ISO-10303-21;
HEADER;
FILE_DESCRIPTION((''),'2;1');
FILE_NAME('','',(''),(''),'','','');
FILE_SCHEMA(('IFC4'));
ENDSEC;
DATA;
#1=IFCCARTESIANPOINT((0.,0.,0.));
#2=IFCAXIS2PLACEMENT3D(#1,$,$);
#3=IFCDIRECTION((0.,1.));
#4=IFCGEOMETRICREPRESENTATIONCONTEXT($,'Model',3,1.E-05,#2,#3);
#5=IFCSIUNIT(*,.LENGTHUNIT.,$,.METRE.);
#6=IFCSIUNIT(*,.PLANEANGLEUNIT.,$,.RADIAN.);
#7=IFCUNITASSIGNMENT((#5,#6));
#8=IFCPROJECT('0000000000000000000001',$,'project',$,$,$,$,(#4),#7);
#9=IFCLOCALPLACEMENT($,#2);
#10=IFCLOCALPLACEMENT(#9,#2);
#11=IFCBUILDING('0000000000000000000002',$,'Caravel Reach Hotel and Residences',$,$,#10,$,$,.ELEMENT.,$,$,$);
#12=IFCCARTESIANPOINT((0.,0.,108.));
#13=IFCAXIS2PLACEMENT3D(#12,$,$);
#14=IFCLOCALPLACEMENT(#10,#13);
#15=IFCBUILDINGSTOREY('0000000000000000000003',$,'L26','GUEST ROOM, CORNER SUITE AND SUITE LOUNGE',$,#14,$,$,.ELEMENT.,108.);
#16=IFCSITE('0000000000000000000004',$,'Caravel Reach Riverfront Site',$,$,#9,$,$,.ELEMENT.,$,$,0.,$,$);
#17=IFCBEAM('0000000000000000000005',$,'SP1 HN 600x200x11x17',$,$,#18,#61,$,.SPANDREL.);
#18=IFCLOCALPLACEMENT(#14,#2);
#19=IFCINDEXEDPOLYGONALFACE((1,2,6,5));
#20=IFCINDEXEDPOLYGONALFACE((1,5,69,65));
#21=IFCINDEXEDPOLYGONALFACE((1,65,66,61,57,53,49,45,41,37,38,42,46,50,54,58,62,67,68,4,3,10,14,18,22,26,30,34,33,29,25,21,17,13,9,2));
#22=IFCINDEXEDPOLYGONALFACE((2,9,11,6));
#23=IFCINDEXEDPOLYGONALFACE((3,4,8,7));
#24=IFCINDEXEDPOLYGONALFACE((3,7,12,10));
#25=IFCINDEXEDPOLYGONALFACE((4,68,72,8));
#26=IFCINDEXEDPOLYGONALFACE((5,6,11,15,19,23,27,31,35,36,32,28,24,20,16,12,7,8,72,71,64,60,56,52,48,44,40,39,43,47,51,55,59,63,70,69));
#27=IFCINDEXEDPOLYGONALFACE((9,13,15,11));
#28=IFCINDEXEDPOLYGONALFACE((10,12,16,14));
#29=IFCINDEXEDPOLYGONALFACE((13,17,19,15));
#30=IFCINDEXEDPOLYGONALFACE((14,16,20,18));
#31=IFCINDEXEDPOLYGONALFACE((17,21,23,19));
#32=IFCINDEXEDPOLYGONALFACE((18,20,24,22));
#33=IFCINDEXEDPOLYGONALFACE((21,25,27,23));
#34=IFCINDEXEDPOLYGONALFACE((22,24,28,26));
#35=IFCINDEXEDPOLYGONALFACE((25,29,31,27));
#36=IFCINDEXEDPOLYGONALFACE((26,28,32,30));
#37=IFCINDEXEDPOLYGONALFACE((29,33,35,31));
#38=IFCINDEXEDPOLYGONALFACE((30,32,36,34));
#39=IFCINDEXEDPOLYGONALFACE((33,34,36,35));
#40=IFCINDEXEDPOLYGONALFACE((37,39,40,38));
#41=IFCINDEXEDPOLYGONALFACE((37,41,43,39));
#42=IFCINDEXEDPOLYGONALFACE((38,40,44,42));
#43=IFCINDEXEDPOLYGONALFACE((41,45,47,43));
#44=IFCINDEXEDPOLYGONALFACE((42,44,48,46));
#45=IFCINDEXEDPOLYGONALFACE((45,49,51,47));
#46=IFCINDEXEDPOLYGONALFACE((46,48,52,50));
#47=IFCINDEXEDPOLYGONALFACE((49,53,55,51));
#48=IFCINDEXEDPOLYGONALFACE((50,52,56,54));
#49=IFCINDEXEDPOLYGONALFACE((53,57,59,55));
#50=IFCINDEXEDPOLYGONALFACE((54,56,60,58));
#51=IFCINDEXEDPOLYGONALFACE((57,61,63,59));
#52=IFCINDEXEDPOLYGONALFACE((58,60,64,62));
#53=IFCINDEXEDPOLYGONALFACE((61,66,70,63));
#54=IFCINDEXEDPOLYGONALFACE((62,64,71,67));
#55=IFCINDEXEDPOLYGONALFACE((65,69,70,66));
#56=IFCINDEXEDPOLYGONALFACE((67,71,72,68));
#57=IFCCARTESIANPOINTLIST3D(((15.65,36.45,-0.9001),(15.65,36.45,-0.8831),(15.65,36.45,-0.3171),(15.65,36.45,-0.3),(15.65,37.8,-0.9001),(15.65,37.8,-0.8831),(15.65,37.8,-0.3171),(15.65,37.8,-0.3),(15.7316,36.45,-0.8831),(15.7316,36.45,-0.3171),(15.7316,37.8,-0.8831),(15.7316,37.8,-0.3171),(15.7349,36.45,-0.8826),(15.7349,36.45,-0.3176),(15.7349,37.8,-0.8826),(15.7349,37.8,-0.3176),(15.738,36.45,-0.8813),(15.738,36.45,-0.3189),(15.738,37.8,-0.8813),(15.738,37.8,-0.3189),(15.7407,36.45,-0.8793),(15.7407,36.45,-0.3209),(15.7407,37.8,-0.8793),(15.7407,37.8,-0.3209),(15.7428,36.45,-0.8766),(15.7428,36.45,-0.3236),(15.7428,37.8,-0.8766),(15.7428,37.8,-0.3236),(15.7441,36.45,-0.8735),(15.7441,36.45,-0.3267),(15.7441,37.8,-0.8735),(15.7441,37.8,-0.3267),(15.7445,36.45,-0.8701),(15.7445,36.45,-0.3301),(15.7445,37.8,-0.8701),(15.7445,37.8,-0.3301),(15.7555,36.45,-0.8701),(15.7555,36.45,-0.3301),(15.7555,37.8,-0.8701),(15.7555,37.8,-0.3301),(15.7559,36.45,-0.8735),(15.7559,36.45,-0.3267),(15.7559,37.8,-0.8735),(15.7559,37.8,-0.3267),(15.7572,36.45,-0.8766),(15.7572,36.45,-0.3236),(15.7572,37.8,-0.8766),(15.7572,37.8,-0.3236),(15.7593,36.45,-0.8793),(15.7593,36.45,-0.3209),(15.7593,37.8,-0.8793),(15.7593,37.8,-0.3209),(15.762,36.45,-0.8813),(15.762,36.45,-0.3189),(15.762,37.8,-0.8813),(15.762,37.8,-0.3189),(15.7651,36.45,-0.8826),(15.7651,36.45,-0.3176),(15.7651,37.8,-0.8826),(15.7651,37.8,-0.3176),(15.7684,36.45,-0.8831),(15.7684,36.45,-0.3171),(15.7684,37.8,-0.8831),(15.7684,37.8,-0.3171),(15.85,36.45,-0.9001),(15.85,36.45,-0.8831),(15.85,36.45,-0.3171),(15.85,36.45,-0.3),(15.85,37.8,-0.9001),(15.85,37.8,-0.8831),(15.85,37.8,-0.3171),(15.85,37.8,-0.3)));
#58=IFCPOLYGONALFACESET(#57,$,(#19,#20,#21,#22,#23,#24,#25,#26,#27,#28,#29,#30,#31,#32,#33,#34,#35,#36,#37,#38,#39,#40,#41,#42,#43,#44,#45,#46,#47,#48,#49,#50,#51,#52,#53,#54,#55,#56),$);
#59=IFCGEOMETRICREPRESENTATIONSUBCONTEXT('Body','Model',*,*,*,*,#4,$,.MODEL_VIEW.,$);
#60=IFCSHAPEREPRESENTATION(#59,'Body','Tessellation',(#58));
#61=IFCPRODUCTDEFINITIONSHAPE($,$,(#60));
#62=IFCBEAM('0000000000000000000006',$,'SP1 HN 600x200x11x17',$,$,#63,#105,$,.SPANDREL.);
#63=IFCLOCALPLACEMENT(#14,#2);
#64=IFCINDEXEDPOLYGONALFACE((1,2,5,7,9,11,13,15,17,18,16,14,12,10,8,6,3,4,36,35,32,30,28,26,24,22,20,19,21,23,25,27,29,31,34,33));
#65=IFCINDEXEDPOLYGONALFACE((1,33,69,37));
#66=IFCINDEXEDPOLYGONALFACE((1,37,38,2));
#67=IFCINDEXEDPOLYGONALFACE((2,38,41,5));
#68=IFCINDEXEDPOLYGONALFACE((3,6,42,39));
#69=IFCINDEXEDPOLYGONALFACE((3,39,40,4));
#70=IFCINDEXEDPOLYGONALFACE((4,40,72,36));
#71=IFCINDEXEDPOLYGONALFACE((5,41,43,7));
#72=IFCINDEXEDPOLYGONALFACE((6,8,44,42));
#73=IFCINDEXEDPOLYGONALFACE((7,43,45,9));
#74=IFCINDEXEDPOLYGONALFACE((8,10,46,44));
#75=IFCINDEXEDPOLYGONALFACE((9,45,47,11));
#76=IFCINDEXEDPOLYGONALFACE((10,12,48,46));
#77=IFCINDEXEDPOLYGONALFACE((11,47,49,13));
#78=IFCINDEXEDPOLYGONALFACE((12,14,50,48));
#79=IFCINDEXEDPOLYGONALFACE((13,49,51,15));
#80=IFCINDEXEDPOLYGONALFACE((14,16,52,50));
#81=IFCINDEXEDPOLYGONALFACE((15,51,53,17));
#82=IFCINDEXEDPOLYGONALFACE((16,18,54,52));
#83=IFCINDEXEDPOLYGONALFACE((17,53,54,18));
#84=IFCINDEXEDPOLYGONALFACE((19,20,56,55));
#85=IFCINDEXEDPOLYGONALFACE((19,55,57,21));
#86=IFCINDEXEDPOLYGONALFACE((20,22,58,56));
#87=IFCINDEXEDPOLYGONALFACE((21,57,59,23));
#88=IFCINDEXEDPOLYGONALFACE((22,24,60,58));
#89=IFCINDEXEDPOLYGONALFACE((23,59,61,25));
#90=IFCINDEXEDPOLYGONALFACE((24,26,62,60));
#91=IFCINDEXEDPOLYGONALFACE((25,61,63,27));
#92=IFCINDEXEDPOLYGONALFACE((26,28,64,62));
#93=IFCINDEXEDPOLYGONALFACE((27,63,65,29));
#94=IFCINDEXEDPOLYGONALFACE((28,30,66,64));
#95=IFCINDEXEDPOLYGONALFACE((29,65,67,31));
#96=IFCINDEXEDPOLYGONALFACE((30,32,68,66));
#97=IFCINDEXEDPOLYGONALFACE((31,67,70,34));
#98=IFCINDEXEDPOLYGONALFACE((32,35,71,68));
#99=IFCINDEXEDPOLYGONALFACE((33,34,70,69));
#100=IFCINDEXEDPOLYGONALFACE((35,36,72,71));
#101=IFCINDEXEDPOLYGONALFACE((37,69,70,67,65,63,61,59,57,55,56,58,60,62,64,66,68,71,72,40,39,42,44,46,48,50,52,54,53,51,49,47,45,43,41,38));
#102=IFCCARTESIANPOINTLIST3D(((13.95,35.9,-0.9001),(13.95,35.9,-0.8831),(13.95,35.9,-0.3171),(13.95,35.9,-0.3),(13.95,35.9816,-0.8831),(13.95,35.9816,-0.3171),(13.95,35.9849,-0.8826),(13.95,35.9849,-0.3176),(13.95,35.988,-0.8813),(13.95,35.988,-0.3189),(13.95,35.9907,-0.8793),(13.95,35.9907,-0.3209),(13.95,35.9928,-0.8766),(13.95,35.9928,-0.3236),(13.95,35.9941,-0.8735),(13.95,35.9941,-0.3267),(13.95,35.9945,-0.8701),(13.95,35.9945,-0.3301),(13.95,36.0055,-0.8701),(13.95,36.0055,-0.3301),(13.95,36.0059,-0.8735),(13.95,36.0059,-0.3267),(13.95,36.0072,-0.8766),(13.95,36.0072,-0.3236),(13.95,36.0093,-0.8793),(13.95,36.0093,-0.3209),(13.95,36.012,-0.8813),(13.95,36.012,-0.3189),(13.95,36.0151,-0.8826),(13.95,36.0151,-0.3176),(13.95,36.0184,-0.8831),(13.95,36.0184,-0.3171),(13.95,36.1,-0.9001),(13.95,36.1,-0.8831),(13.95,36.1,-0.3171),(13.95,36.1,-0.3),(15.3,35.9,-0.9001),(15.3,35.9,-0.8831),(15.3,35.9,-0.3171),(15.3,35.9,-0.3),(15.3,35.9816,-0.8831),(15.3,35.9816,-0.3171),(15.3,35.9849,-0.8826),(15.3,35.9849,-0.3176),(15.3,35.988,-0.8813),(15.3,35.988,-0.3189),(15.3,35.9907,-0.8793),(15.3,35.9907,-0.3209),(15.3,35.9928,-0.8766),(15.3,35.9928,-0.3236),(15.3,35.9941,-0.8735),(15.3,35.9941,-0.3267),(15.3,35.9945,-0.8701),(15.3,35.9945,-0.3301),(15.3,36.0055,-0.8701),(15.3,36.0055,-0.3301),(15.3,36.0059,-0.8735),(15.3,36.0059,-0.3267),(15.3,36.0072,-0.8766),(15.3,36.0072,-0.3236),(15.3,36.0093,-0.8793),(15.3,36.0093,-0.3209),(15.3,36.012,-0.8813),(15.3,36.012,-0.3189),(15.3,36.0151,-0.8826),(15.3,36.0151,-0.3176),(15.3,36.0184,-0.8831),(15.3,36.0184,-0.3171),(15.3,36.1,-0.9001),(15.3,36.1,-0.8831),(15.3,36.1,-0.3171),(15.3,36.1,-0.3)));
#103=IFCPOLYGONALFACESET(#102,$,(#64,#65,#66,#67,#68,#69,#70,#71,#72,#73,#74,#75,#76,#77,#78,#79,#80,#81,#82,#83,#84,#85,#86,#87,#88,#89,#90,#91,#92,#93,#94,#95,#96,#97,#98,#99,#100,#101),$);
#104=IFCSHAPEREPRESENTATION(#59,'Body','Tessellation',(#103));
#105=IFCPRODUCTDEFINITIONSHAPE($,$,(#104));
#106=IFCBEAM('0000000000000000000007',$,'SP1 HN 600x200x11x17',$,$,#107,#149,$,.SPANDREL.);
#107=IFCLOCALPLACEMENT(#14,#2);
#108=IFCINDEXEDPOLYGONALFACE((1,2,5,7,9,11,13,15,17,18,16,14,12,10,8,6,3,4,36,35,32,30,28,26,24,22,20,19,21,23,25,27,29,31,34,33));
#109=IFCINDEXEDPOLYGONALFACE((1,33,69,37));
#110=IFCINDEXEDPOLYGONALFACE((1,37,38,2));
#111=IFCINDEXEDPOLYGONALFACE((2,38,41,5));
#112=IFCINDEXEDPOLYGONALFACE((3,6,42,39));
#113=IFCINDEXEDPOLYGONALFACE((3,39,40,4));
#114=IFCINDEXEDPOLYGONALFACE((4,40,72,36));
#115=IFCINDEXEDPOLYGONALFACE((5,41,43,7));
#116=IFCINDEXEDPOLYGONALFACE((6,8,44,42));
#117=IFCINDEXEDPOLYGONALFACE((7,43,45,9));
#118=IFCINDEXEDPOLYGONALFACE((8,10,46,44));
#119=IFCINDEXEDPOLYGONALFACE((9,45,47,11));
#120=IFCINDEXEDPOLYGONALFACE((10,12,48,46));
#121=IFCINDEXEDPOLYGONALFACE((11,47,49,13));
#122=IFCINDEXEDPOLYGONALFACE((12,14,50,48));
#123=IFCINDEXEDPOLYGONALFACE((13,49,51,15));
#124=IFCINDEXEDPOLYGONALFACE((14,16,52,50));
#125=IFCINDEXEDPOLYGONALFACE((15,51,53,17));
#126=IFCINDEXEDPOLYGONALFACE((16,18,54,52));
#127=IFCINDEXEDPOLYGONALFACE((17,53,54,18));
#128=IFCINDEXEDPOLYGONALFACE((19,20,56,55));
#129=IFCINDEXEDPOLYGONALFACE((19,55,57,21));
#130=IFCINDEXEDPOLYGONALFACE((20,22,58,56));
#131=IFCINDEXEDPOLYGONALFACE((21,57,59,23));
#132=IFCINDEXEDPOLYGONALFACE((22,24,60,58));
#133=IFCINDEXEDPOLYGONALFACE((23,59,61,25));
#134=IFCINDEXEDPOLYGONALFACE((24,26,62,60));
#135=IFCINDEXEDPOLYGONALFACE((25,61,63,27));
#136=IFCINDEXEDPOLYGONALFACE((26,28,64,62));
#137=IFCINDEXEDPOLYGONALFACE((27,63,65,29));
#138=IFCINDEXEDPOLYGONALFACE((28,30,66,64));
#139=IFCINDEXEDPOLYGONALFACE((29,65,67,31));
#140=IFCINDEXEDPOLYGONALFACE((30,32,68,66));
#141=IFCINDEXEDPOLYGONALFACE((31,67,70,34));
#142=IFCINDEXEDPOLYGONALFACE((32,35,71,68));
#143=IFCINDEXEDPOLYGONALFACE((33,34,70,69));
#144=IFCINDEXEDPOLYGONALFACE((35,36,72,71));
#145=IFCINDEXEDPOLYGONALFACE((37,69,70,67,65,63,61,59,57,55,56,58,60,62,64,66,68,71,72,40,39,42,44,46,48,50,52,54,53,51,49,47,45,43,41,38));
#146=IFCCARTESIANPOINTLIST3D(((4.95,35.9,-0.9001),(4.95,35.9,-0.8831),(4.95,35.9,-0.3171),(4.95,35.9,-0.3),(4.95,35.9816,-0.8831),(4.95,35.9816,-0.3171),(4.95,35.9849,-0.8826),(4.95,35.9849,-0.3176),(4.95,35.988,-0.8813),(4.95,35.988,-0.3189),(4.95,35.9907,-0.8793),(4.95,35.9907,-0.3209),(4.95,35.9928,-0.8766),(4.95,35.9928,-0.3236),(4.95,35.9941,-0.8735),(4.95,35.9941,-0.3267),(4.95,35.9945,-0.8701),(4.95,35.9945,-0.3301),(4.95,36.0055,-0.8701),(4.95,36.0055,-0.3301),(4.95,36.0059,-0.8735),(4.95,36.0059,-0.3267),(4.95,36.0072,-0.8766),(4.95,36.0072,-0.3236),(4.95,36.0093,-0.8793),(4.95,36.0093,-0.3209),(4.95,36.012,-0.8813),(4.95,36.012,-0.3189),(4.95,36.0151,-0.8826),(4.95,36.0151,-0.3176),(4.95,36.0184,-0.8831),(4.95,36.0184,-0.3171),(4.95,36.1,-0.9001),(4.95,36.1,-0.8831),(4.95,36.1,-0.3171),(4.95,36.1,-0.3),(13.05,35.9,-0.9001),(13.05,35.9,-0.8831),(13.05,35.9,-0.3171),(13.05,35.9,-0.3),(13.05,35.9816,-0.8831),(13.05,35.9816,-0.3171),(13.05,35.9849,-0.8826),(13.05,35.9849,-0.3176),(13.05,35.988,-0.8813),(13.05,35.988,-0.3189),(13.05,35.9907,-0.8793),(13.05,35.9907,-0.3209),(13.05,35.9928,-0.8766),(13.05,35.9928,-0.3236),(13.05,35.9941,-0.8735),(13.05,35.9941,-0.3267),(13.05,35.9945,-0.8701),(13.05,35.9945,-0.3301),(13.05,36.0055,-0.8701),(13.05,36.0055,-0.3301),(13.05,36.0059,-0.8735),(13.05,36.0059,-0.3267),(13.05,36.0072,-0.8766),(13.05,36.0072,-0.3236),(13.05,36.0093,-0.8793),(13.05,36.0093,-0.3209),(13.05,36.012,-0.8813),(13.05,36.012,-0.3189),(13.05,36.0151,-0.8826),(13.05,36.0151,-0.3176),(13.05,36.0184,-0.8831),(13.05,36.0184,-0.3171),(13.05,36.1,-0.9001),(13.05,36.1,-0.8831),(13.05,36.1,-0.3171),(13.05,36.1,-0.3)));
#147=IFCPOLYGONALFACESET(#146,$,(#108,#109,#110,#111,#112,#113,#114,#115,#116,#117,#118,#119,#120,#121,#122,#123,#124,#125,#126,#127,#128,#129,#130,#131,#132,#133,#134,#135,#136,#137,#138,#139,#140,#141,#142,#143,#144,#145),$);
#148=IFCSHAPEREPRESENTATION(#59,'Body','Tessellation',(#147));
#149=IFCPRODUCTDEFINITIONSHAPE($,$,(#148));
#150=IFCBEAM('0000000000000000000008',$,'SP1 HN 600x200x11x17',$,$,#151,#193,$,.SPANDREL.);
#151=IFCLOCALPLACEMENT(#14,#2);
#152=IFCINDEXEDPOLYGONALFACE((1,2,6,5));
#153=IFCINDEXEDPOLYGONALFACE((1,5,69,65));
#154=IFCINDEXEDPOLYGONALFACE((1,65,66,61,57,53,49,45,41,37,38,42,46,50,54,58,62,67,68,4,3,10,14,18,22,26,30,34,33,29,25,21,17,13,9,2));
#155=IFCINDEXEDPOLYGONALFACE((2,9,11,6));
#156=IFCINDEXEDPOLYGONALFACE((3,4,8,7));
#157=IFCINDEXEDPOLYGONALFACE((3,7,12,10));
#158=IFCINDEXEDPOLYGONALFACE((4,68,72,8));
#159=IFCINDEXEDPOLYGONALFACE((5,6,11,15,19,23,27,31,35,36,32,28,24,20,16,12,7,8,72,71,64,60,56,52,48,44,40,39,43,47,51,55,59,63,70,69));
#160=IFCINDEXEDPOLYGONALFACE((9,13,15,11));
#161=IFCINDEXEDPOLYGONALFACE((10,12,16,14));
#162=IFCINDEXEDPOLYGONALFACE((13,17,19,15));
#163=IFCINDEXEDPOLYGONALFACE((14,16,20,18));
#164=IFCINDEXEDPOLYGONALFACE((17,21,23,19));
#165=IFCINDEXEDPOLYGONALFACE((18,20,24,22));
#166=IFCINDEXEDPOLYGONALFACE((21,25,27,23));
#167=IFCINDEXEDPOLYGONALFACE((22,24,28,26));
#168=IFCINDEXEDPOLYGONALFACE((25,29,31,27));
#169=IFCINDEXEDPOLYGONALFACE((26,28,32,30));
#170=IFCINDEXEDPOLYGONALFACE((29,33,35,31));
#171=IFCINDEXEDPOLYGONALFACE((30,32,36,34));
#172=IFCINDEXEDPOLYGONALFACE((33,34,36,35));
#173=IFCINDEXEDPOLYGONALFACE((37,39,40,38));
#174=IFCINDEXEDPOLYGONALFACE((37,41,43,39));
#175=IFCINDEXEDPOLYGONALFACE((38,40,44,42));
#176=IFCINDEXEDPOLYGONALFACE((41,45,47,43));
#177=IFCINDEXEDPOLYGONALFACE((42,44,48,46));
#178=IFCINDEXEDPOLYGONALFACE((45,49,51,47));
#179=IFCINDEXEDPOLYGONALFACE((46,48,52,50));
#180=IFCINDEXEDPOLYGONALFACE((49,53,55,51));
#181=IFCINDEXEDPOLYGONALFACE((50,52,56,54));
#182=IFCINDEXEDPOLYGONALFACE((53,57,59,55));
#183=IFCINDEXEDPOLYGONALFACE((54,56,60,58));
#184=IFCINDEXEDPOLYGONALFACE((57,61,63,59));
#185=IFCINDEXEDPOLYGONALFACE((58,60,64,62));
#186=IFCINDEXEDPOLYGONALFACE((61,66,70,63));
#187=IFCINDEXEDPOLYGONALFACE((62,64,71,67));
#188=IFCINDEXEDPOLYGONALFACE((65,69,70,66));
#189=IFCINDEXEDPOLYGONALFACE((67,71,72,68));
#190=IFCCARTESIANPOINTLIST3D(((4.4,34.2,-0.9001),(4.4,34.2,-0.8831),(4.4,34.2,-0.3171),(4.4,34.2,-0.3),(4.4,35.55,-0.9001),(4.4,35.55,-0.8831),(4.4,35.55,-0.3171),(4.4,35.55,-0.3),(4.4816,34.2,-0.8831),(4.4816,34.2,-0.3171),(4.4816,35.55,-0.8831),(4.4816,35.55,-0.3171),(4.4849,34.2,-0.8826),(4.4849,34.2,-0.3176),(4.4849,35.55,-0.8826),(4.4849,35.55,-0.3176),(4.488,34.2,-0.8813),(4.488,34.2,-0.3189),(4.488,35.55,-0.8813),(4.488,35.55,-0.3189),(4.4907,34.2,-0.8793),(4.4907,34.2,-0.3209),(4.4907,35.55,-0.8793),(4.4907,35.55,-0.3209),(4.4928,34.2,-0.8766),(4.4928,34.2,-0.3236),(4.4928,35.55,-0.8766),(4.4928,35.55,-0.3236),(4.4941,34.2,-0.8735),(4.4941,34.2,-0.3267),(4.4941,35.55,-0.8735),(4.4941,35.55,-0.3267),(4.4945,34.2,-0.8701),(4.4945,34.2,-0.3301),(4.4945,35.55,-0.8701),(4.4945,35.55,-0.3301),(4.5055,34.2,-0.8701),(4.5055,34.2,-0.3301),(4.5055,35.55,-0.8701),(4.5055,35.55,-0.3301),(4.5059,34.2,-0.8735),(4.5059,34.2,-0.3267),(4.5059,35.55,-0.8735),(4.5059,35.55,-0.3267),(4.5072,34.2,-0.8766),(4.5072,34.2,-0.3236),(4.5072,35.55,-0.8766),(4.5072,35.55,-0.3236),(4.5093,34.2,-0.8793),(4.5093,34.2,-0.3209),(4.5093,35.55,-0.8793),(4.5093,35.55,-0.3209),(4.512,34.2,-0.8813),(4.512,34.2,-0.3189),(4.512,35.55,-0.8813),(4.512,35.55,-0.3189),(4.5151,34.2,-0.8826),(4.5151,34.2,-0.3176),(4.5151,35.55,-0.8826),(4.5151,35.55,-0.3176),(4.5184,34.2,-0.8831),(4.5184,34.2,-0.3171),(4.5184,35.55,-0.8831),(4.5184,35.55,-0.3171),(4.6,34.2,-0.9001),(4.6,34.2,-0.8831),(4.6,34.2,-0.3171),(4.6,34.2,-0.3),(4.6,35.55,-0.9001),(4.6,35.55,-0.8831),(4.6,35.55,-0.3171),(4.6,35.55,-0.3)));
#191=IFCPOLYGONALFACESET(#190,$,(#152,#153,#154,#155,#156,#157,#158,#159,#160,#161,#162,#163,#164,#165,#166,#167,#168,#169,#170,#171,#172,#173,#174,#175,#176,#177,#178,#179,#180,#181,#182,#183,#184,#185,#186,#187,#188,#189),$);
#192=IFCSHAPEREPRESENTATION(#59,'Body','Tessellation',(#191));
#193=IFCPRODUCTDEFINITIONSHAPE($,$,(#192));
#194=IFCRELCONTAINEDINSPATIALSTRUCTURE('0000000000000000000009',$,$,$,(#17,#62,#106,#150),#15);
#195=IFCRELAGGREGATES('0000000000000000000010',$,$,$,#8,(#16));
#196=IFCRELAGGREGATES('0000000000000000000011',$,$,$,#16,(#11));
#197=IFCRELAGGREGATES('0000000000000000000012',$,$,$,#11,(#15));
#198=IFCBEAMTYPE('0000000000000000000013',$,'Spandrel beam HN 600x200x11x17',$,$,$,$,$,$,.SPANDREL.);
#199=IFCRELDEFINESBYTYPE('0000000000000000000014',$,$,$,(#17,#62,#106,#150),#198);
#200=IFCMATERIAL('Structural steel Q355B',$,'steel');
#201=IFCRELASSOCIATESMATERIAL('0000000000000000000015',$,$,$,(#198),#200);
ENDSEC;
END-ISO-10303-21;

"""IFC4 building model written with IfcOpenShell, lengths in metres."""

from ifc_helpers import new_model, si_unit, direction, frame, origin, origin_2d, place, context, subcontext, project, spatial, i_section, extrude, material, material_profile, profile_set, type_object, element, save


model = new_model("IFC4")

# Units and contexts
model_context = context("Model", 3, precision=1e-05, world=origin(), true_north=direction((0.0, 1.0)))
body_context = subcontext(model_context, "Body", "Model", "MODEL_VIEW")
ifc_project = project(units=[si_unit("LENGTHUNIT", "METRE"), si_unit("PLANEANGLEUNIT", "RADIAN")], contexts=[model_context])

# Site, building, storey
site_placement = place(None, origin())
site = spatial("IfcSite", under=ifc_project, at=site_placement, Name="Caravel Reach Riverfront Site", CompositionType="ELEMENT", RefElevation=0.0)
building_placement = place(site_placement, origin())
building = spatial("IfcBuilding", under=site, at=building_placement, Name="Caravel Reach Hotel and Residences", CompositionType="ELEMENT")
storey_placement = place(building_placement, frame((0.0, 0.0, 108.0)))
storey = spatial("IfcBuildingStorey", under=building, at=storey_placement, Name="L26", Description="GUEST ROOM, CORNER SUITE AND SUITE LOUNGE", CompositionType="ELEMENT", Elevation=108.0)

# Beams
ifc_material_1 = material(Name="Structural steel Q355B", Category="steel")
ifc_material_profile_1 = material_profile(ifc_material_1, i_section(OverallWidth=0.2, OverallDepth=0.6001, WebThickness=0.011, FlangeThickness=0.0171, FilletRadius=0.0129, at=origin_2d()), Name="HN 600x200x11x17")
ifc_profile_set_1 = profile_set([ifc_material_profile_1], Name="Structural steel Q355B")
beam_type = type_object("IfcBeamType", Name="Spandrel beam HN 600x200x11x17", PredefinedType="SPANDREL", material=ifc_profile_set_1)
for number, where, z_axis, x_axis, name in (
    (1, (15.75, 37.8, -0.6001), (0.0, -1.0, 0.0), (1.0, 0.0, 0.0), "SP1 HN 600x200x11x17"),
    (2, (15.3, 36.0, -0.6001), (-1.0, 0.0, 0.0), (0.0, -1.0, 0.0), "SP1 HN 600x200x11x17"),
):
    element("IfcBeam", number, at=place(storey_placement, frame(where, z_axis=z_axis, x_axis=x_axis)), inside=storey, type_object=beam_type, Name=name, PredefinedType="SPANDREL", context=body_context, shape_type="SweptSolid", body=[
        extrude(i_section(OverallWidth=0.2, OverallDepth=0.6001, WebThickness=0.011, FlangeThickness=0.0171, FilletRadius=0.0129, at=origin_2d()), origin(), (0.0, 0.0, 1.0), 1.3501),
    ])
beam_placement = place(storey_placement, frame((13.05, 36.0, -0.6001), z_axis=(-1.0, 0.0, 0.0), x_axis=(0.0, -1.0, 0.0)))
element("IfcBeam", 3, at=beam_placement, inside=storey, type_object=beam_type, Name="SP1 HN 600x200x11x17", PredefinedType="SPANDREL", context=body_context, shape_type="SweptSolid", body=[
    extrude(i_section(OverallWidth=0.2, OverallDepth=0.6001, WebThickness=0.011, FlangeThickness=0.0171, FilletRadius=0.0129, at=origin_2d()), origin(), (0.0, 0.0, 1.0), 8.1001),
])
for number, where, z_axis, x_axis, name in (
    (4, (4.5, 35.55, -0.6001), (0.0, -1.0, 0.0), (1.0, 0.0, 0.0), "SP1 HN 600x200x11x17"),
):
    element("IfcBeam", number, at=place(storey_placement, frame(where, z_axis=z_axis, x_axis=x_axis)), inside=storey, type_object=beam_type, Name=name, PredefinedType="SPANDREL", context=body_context, shape_type="SweptSolid", body=[
        extrude(i_section(OverallWidth=0.2, OverallDepth=0.6001, WebThickness=0.011, FlangeThickness=0.0171, FilletRadius=0.0129, at=origin_2d()), origin(), (0.0, 0.0, 1.0), 1.3501),
    ])

save(model, "model.ifc")
